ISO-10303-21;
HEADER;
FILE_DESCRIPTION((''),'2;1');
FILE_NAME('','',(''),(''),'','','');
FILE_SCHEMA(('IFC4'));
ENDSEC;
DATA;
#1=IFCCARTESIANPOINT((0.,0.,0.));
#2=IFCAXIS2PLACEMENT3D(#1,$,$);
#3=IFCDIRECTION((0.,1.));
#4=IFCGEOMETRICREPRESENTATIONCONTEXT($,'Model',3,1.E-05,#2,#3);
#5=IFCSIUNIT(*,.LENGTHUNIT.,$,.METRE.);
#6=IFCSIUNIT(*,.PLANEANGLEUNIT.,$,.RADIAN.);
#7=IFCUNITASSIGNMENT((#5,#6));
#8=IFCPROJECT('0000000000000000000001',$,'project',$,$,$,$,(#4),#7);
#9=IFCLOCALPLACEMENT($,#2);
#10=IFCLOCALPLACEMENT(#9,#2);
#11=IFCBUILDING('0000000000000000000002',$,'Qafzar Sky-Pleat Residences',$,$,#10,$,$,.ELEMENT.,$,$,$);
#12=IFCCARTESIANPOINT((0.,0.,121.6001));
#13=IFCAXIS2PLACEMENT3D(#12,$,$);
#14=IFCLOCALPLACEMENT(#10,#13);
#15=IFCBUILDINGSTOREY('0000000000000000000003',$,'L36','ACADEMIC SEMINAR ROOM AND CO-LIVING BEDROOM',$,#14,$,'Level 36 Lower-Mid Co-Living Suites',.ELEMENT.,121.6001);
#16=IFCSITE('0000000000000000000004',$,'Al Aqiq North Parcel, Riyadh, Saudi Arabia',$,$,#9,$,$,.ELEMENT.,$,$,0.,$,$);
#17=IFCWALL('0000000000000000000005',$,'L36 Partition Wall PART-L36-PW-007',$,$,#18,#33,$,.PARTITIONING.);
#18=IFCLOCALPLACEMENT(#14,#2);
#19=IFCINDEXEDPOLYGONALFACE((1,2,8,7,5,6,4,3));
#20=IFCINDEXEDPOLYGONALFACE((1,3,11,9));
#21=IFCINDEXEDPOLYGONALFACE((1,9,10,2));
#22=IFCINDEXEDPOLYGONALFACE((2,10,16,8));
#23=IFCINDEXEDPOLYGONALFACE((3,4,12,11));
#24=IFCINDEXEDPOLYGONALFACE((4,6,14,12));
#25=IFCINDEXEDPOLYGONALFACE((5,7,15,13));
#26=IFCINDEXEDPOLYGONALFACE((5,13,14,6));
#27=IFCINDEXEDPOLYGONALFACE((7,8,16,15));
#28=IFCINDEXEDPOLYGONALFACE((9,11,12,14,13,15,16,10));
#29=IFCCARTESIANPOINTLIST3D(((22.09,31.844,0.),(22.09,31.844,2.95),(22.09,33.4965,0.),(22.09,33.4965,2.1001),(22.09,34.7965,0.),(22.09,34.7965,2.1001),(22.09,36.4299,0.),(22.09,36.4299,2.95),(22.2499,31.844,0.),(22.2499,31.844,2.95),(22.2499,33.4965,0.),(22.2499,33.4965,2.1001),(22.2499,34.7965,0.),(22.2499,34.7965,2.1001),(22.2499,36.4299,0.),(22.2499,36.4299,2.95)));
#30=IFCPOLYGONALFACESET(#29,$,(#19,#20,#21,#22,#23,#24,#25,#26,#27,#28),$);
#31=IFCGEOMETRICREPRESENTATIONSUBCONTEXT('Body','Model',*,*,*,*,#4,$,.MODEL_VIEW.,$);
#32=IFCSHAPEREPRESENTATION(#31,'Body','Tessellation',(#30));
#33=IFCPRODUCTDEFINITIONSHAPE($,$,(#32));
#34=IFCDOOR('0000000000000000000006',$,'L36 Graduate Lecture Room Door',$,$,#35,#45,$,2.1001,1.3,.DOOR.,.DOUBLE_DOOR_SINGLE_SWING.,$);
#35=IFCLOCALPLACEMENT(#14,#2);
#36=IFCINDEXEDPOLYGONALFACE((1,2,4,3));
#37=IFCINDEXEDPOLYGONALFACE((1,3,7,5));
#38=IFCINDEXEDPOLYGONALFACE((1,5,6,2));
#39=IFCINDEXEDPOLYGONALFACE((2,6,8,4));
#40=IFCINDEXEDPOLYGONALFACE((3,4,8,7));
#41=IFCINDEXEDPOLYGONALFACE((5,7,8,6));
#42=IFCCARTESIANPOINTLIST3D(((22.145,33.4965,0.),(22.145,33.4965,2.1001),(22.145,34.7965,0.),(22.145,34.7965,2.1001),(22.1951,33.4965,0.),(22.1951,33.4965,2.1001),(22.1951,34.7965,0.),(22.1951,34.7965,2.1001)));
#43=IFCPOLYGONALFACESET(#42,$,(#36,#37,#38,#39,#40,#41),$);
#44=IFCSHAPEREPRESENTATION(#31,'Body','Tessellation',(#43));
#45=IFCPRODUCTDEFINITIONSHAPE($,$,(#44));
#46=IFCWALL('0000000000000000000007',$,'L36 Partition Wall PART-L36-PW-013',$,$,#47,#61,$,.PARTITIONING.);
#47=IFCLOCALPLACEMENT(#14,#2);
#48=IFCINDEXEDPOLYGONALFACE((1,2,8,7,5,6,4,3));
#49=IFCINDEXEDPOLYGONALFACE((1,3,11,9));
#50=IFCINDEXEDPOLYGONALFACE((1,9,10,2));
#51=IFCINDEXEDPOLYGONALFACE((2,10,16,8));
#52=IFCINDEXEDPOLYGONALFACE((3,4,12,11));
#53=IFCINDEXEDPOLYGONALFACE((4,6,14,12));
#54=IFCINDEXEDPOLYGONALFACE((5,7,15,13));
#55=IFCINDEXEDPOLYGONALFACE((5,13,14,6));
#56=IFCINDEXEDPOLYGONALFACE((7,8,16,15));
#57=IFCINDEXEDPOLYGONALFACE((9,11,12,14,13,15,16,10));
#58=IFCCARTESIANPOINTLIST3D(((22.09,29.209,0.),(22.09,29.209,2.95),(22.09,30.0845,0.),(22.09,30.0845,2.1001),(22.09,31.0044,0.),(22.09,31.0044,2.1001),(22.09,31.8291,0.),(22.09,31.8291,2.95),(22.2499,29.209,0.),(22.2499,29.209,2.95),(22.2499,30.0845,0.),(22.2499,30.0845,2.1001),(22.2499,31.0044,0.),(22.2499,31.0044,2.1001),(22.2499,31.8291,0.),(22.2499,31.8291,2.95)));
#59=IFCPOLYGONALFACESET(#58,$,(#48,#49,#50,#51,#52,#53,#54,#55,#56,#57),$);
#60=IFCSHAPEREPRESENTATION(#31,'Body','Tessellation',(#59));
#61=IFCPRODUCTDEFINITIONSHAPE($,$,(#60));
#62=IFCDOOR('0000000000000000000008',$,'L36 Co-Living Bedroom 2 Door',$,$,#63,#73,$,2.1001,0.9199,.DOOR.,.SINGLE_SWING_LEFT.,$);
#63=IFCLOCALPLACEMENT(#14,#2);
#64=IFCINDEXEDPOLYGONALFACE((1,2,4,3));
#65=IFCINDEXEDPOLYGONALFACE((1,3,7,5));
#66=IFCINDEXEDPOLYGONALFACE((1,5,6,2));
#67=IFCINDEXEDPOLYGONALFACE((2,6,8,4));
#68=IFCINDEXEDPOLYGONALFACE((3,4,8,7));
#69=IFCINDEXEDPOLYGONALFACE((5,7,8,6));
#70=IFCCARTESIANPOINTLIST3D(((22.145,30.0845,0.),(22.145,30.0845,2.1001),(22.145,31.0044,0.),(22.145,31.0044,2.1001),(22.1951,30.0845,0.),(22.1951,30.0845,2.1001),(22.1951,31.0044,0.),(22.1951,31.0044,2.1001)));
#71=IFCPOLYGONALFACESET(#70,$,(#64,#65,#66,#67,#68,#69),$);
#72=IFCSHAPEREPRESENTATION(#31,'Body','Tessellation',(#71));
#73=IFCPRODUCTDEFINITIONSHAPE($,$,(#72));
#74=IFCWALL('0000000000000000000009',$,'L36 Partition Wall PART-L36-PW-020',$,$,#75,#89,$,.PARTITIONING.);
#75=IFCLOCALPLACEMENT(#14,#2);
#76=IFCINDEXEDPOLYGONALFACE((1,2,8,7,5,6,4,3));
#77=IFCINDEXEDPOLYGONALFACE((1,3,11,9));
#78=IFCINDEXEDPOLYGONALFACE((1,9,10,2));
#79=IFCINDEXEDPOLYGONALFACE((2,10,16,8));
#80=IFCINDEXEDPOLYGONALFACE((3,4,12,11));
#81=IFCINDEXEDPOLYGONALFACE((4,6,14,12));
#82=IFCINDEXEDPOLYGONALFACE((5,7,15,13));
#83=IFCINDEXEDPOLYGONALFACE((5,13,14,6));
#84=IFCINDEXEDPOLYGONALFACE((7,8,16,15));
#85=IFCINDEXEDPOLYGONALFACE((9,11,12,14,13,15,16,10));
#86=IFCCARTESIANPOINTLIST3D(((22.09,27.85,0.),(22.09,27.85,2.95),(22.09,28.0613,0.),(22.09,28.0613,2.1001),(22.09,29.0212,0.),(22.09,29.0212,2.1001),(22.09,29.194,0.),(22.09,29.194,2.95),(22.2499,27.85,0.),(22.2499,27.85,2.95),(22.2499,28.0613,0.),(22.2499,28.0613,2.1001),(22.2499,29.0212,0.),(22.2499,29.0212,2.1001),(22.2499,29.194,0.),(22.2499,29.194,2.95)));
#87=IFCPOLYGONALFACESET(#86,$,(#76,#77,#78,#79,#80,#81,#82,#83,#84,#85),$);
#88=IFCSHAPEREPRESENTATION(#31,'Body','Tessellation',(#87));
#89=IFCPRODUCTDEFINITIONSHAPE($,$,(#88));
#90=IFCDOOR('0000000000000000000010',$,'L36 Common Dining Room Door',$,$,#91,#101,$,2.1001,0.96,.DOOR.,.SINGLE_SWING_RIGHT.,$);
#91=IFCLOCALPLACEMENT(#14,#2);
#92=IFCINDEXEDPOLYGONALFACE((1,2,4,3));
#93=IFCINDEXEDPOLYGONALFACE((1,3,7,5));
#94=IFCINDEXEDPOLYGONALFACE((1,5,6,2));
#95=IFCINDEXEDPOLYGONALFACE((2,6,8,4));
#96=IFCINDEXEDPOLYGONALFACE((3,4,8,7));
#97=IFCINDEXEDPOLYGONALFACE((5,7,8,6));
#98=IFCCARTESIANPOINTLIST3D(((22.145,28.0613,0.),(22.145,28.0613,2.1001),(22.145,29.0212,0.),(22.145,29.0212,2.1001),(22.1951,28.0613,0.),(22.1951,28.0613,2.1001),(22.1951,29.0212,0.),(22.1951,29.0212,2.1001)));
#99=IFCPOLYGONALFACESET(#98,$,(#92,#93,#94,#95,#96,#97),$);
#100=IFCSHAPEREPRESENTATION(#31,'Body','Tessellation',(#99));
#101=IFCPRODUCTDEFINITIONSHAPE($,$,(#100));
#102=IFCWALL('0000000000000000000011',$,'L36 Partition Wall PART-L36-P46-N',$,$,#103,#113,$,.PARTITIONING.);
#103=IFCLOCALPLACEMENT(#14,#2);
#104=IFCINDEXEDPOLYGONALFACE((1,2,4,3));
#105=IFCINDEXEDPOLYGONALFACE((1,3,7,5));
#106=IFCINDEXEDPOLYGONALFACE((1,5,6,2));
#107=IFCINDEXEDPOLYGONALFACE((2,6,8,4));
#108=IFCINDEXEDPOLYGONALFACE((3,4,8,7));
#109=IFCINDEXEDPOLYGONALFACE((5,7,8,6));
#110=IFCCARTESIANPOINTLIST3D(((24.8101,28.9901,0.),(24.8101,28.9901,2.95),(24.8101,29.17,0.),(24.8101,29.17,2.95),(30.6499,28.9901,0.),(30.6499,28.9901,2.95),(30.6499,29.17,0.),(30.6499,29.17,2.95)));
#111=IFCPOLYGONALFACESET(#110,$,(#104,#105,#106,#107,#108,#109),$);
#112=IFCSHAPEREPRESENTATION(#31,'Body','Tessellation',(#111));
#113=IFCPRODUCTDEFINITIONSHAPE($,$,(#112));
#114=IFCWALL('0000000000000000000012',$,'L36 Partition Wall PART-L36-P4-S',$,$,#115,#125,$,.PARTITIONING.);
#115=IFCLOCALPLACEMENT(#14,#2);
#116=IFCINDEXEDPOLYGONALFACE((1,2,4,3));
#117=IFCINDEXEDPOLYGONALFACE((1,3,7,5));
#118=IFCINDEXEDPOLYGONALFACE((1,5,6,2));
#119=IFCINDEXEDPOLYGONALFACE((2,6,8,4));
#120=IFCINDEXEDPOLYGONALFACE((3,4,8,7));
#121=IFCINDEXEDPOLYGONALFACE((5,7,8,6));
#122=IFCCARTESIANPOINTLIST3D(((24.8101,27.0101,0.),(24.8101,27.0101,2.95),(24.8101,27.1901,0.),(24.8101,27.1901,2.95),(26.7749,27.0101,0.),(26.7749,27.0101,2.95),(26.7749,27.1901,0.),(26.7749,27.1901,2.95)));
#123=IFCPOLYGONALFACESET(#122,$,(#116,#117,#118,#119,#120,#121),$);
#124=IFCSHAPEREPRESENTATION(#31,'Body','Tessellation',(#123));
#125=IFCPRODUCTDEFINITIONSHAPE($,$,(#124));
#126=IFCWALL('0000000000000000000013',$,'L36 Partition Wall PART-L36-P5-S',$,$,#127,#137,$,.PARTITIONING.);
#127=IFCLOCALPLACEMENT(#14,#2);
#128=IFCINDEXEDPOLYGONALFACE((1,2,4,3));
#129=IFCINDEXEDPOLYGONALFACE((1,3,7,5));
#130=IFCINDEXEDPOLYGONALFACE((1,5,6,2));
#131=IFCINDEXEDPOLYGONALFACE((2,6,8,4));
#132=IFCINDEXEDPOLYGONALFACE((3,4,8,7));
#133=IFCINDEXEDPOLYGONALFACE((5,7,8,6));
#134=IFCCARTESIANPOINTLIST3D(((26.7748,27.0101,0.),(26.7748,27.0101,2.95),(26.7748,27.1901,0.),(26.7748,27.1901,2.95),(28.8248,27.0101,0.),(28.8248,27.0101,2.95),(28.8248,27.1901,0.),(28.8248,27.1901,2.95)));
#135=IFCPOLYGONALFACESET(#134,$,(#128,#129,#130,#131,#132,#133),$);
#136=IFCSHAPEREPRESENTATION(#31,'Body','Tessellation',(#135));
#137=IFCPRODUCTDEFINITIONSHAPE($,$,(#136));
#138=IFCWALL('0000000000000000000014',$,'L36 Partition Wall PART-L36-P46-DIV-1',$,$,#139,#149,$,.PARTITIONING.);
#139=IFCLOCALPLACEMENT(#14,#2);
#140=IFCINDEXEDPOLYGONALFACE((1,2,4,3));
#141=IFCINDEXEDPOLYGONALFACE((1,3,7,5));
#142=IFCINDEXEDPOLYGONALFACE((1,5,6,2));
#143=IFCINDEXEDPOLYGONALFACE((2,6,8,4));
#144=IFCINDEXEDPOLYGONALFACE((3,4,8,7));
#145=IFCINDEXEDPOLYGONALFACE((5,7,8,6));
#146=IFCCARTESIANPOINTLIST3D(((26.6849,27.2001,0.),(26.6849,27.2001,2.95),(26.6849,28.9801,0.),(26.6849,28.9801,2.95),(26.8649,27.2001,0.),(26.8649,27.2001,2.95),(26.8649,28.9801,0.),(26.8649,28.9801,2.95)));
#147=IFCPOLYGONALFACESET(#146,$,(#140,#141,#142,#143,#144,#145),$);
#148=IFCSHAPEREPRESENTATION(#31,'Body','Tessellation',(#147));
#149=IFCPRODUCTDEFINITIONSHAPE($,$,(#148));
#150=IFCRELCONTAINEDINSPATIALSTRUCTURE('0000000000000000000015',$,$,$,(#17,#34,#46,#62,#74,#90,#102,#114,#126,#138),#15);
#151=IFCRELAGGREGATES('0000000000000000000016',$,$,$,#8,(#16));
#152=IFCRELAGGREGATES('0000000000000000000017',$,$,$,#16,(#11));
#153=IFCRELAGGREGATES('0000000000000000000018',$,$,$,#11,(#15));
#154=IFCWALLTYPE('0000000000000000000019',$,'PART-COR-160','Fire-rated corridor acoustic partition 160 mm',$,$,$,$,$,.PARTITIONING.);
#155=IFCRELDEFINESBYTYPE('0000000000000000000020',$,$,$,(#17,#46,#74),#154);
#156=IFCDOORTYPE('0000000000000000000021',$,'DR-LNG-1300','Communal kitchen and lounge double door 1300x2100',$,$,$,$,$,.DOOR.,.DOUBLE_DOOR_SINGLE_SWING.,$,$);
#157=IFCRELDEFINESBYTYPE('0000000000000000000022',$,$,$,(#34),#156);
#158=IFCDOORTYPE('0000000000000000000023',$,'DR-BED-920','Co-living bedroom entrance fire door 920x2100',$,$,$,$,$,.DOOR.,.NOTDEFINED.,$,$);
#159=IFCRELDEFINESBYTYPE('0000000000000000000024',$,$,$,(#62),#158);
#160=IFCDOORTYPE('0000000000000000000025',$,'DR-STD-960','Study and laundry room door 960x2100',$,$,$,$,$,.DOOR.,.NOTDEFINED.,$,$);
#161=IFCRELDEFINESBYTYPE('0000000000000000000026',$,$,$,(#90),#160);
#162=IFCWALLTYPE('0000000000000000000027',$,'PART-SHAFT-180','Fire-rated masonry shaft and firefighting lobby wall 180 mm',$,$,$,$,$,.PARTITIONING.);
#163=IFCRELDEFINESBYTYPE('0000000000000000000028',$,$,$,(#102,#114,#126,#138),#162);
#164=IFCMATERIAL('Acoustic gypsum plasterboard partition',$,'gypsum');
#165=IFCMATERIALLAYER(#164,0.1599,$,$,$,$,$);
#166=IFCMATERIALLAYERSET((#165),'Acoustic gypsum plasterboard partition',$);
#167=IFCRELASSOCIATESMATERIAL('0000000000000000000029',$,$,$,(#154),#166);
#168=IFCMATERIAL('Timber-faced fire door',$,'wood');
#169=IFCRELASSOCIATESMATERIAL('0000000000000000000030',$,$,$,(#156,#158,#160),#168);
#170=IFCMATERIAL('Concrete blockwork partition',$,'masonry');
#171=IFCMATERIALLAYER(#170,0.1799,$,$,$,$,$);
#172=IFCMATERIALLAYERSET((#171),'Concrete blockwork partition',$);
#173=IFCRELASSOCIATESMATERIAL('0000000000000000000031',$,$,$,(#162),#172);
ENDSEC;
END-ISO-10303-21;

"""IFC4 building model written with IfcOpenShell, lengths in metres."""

from ifc_helpers import new_model, si_unit, direction, frame, frame_2d, origin, place, context, subcontext, project, spatial, rectangle, extrude, source, transform, mapped, material, layer, layer_set, type_object, element, fill, save


model = new_model("IFC4")

# Units and contexts
model_context = context("Model", 3, precision=1e-05, world=origin(), true_north=direction((0.0, 1.0)))
body_context = subcontext(model_context, "Body", "Model", "MODEL_VIEW")
ifc_project = project(units=[si_unit("LENGTHUNIT", "METRE"), si_unit("PLANEANGLEUNIT", "RADIAN")], contexts=[model_context])

# Site, building, storey
site_placement = place(None, origin())
site = spatial("IfcSite", under=ifc_project, at=site_placement, Name="Al Aqiq North Parcel, Riyadh, Saudi Arabia", CompositionType="ELEMENT", RefElevation=0.0)
building_placement = place(site_placement, origin())
building = spatial("IfcBuilding", under=site, at=building_placement, Name="Qafzar Sky-Pleat Residences", CompositionType="ELEMENT")
storey_placement = place(building_placement, frame((0.0, 0.0, 121.6001)))
storey = spatial("IfcBuildingStorey", under=building, at=storey_placement, Name="L36", Description="ACADEMIC SEMINAR ROOM AND CO-LIVING BEDROOM", LongName="Level 36 Lower-Mid Co-Living Suites", CompositionType="ELEMENT", Elevation=121.6001)

# Walls, openings, doors
ifc_material_1 = material(Name="Acoustic gypsum plasterboard partition", Category="gypsum")
ifc_layer_1 = layer(ifc_material_1, 0.1599)
ifc_layer_set_1 = layer_set([ifc_layer_1], Name="Acoustic gypsum plasterboard partition")
wall_type_1 = type_object("IfcWallType", Name="PART-COR-160", Description="Fire-rated corridor acoustic partition 160 mm", PredefinedType="PARTITIONING", material=ifc_layer_set_1)
wall_1_placement = place(storey_placement, frame((22.1699, 31.844, 0.0), z_axis=(0.0, 0.0, 1.0), x_axis=(0.0, 1.0, 0.0)))
wall_1 = element("IfcWall", 1, at=wall_1_placement, inside=storey, type_object=wall_type_1, Name="L36 Partition Wall PART-L36-PW-007", PredefinedType="PARTITIONING", context=body_context, shape_type="SweptSolid", body=[
    extrude(rectangle(XDim=4.5859, YDim=0.1599, at=frame_2d((2.293, 0.0))), origin(), (0.0, 0.0, 1.0), 2.95),
])
opening_1_placement = place(wall_1_placement, frame((1.6526, 0.0, 0.0)))
opening_1 = element("IfcOpeningElement", 2, at=opening_1_placement, cuts=wall_1, PredefinedType="OPENING", context=body_context, shape_type="SweptSolid", body=[
    extrude(rectangle(XDim=1.3, YDim=2.1001, at=frame_2d((0.6499, 1.05))), frame((0.0, 0.0898, 0.0), z_axis=(0.0, -1.0, 0.0), x_axis=(1.0, 0.0, 0.0)), (0.0, 0.0, 1.0), 0.1799),
])
ifc_material_2 = material(Name="Timber-faced fire door", Category="wood")
door_type_1 = type_object("IfcDoorType", Name="DR-LNG-1300", Description="Communal kitchen and lounge double door 1300x2100", OperationType="DOUBLE_DOOR_SINGLE_SWING", PredefinedType="DOOR", material=ifc_material_2)
shared_shape_1 = source(origin(), body_context, "Body", "SweptSolid", [
    extrude(rectangle(XDim=1.3, YDim=2.1001, at=frame_2d((0.6499, 1.05))), frame((0.0, 0.0249, 0.0), z_axis=(0.0, -1.0, 0.0), x_axis=(1.0, 0.0, 0.0)), (0.0, 0.0, 1.0), 0.05),
])
door_1_placement = place(opening_1_placement, origin())
door_1 = element("IfcDoor", 3, at=door_1_placement, inside=storey, type_object=door_type_1, Name="L36 Graduate Lecture Room Door", OperationType="DOUBLE_DOOR_SINGLE_SWING", OverallHeight=2.1001, OverallWidth=1.3, PredefinedType="DOOR", context=body_context, shape_type="MappedRepresentation", body=[
    mapped(shared_shape_1, transform((0.0, 0.0, 0.0), x_axis=(1.0, 0.0, 0.0), y_axis=(0.0, 1.0, 0.0), z_axis=(0.0, 0.0, 1.0), scale=1.0)),
])
fill(opening_1, door_1)
wall_2_placement = place(storey_placement, frame((22.1699, 29.209, 0.0), z_axis=(0.0, 0.0, 1.0), x_axis=(0.0, 1.0, 0.0)))
wall_2 = element("IfcWall", 4, at=wall_2_placement, inside=storey, type_object=wall_type_1, Name="L36 Partition Wall PART-L36-PW-013", PredefinedType="PARTITIONING", context=body_context, shape_type="SweptSolid", body=[
    extrude(rectangle(XDim=2.6201, YDim=0.1599, at=frame_2d((1.3101, 0.0))), origin(), (0.0, 0.0, 1.0), 2.95),
])
opening_2_placement = place(wall_2_placement, frame((0.8755, 0.0, 0.0)))
opening_2 = element("IfcOpeningElement", 5, at=opening_2_placement, cuts=wall_2, PredefinedType="OPENING", context=body_context, shape_type="SweptSolid", body=[
    extrude(rectangle(XDim=0.9199, YDim=2.1001, at=frame_2d((0.46, 1.05))), frame((0.0, 0.0898, 0.0), z_axis=(0.0, -1.0, 0.0), x_axis=(1.0, 0.0, 0.0)), (0.0, 0.0, 1.0), 0.1799),
])
door_type_2 = type_object("IfcDoorType", Name="DR-BED-920", Description="Co-living bedroom entrance fire door 920x2100", OperationType="NOTDEFINED", PredefinedType="DOOR", material=ifc_material_2)
shared_shape_2 = source(origin(), body_context, "Body", "SweptSolid", [
    extrude(rectangle(XDim=0.9199, YDim=2.1001, at=frame_2d((0.46, 1.05))), frame((0.0, 0.0249, 0.0), z_axis=(0.0, -1.0, 0.0), x_axis=(1.0, 0.0, 0.0)), (0.0, 0.0, 1.0), 0.05),
])
door_2_placement = place(opening_2_placement, origin())
door_2 = element("IfcDoor", 6, at=door_2_placement, inside=storey, type_object=door_type_2, Name="L36 Co-Living Bedroom 2 Door", OperationType="SINGLE_SWING_LEFT", OverallHeight=2.1001, OverallWidth=0.9199, PredefinedType="DOOR", context=body_context, shape_type="MappedRepresentation", body=[
    mapped(shared_shape_2, transform((0.0, 0.0, 0.0), x_axis=(1.0, 0.0, 0.0), y_axis=(0.0, 1.0, 0.0), z_axis=(0.0, 0.0, 1.0), scale=1.0)),
])
fill(opening_2, door_2)
wall_3_placement = place(storey_placement, frame((22.1699, 27.8501, 0.0), z_axis=(0.0, 0.0, 1.0), x_axis=(0.0, 1.0, 0.0)))
wall_3 = element("IfcWall", 7, at=wall_3_placement, inside=storey, type_object=wall_type_1, Name="L36 Partition Wall PART-L36-PW-020", PredefinedType="PARTITIONING", context=body_context, shape_type="SweptSolid", body=[
    extrude(rectangle(XDim=1.344, YDim=0.1599, at=frame_2d((0.6719, 0.0))), origin(), (0.0, 0.0, 1.0), 2.95),
])
opening_3_placement = place(wall_3_placement, frame((0.2112, 0.0, 0.0)))
opening_3 = element("IfcOpeningElement", 8, at=opening_3_placement, cuts=wall_3, PredefinedType="OPENING", context=body_context, shape_type="SweptSolid", body=[
    extrude(rectangle(XDim=0.96, YDim=2.1001, at=frame_2d((0.48, 1.05))), frame((0.0, 0.0898, 0.0), z_axis=(0.0, -1.0, 0.0), x_axis=(1.0, 0.0, 0.0)), (0.0, 0.0, 1.0), 0.1799),
])
door_type_3 = type_object("IfcDoorType", Name="DR-STD-960", Description="Study and laundry room door 960x2100", OperationType="NOTDEFINED", PredefinedType="DOOR", material=ifc_material_2)
shared_shape_3 = source(origin(), body_context, "Body", "SweptSolid", [
    extrude(rectangle(XDim=0.96, YDim=2.1001, at=frame_2d((0.48, 1.05))), frame((0.0, 0.0249, 0.0), z_axis=(0.0, -1.0, 0.0), x_axis=(1.0, 0.0, 0.0)), (0.0, 0.0, 1.0), 0.05),
])
door_3_placement = place(opening_3_placement, origin())
door_3 = element("IfcDoor", 9, at=door_3_placement, inside=storey, type_object=door_type_3, Name="L36 Common Dining Room Door", OperationType="SINGLE_SWING_RIGHT", OverallHeight=2.1001, OverallWidth=0.96, PredefinedType="DOOR", context=body_context, shape_type="MappedRepresentation", body=[
    mapped(shared_shape_3, transform((0.0, 0.0, 0.0), x_axis=(1.0, 0.0, 0.0), y_axis=(0.0, 1.0, 0.0), z_axis=(0.0, 0.0, 1.0), scale=1.0)),
])
fill(opening_3, door_3)

# Walls
ifc_material_3 = material(Name="Concrete blockwork partition", Category="masonry")
ifc_layer_2 = layer(ifc_material_3, 0.1799)
ifc_layer_set_2 = layer_set([ifc_layer_2], Name="Concrete blockwork partition")
wall_type_2 = type_object("IfcWallType", Name="PART-SHAFT-180", Description="Fire-rated masonry shaft and firefighting lobby wall 180 mm", PredefinedType="PARTITIONING", material=ifc_layer_set_2)
wall_4_placement = place(storey_placement, frame((24.8101, 29.0801, 0.0), z_axis=(0.0, 0.0, 1.0), x_axis=(1.0, 0.0, 0.0)))
element("IfcWall", 10, at=wall_4_placement, inside=storey, type_object=wall_type_2, Name="L36 Partition Wall PART-L36-P46-N", PredefinedType="PARTITIONING", context=body_context, shape_type="SweptSolid", body=[
    extrude(rectangle(XDim=5.8398, YDim=0.1799, at=frame_2d((2.9199, 0.0))), origin(), (0.0, 0.0, 1.0), 2.95),
])
wall_5_placement = place(storey_placement, frame((24.8101, 27.1001, 0.0), z_axis=(0.0, 0.0, 1.0), x_axis=(1.0, 0.0, 0.0)))
element("IfcWall", 11, at=wall_5_placement, inside=storey, type_object=wall_type_2, Name="L36 Partition Wall PART-L36-P4-S", PredefinedType="PARTITIONING", context=body_context, shape_type="SweptSolid", body=[
    extrude(rectangle(XDim=1.9648, YDim=0.1799, at=frame_2d((0.9824, 0.0))), origin(), (0.0, 0.0, 1.0), 2.95),
])
wall_6_placement = place(storey_placement, frame((26.7749, 27.1001, 0.0), z_axis=(0.0, 0.0, 1.0), x_axis=(1.0, 0.0, 0.0)))
element("IfcWall", 12, at=wall_6_placement, inside=storey, type_object=wall_type_2, Name="L36 Partition Wall PART-L36-P5-S", PredefinedType="PARTITIONING", context=body_context, shape_type="SweptSolid", body=[
    extrude(rectangle(XDim=2.05, YDim=0.1799, at=frame_2d((1.0249, 0.0))), origin(), (0.0, 0.0, 1.0), 2.95),
])
wall_7_placement = place(storey_placement, frame((26.7749, 27.2, 0.0), z_axis=(0.0, 0.0, 1.0), x_axis=(0.0, 1.0, 0.0)))
element("IfcWall", 13, at=wall_7_placement, inside=storey, type_object=wall_type_2, Name="L36 Partition Wall PART-L36-P46-DIV-1", PredefinedType="PARTITIONING", context=body_context, shape_type="SweptSolid", body=[
    extrude(rectangle(XDim=1.78, YDim=0.1799, at=frame_2d((0.8901, 0.0))), origin(), (0.0, 0.0, 1.0), 2.95),
])

save(model, "model.ifc")
